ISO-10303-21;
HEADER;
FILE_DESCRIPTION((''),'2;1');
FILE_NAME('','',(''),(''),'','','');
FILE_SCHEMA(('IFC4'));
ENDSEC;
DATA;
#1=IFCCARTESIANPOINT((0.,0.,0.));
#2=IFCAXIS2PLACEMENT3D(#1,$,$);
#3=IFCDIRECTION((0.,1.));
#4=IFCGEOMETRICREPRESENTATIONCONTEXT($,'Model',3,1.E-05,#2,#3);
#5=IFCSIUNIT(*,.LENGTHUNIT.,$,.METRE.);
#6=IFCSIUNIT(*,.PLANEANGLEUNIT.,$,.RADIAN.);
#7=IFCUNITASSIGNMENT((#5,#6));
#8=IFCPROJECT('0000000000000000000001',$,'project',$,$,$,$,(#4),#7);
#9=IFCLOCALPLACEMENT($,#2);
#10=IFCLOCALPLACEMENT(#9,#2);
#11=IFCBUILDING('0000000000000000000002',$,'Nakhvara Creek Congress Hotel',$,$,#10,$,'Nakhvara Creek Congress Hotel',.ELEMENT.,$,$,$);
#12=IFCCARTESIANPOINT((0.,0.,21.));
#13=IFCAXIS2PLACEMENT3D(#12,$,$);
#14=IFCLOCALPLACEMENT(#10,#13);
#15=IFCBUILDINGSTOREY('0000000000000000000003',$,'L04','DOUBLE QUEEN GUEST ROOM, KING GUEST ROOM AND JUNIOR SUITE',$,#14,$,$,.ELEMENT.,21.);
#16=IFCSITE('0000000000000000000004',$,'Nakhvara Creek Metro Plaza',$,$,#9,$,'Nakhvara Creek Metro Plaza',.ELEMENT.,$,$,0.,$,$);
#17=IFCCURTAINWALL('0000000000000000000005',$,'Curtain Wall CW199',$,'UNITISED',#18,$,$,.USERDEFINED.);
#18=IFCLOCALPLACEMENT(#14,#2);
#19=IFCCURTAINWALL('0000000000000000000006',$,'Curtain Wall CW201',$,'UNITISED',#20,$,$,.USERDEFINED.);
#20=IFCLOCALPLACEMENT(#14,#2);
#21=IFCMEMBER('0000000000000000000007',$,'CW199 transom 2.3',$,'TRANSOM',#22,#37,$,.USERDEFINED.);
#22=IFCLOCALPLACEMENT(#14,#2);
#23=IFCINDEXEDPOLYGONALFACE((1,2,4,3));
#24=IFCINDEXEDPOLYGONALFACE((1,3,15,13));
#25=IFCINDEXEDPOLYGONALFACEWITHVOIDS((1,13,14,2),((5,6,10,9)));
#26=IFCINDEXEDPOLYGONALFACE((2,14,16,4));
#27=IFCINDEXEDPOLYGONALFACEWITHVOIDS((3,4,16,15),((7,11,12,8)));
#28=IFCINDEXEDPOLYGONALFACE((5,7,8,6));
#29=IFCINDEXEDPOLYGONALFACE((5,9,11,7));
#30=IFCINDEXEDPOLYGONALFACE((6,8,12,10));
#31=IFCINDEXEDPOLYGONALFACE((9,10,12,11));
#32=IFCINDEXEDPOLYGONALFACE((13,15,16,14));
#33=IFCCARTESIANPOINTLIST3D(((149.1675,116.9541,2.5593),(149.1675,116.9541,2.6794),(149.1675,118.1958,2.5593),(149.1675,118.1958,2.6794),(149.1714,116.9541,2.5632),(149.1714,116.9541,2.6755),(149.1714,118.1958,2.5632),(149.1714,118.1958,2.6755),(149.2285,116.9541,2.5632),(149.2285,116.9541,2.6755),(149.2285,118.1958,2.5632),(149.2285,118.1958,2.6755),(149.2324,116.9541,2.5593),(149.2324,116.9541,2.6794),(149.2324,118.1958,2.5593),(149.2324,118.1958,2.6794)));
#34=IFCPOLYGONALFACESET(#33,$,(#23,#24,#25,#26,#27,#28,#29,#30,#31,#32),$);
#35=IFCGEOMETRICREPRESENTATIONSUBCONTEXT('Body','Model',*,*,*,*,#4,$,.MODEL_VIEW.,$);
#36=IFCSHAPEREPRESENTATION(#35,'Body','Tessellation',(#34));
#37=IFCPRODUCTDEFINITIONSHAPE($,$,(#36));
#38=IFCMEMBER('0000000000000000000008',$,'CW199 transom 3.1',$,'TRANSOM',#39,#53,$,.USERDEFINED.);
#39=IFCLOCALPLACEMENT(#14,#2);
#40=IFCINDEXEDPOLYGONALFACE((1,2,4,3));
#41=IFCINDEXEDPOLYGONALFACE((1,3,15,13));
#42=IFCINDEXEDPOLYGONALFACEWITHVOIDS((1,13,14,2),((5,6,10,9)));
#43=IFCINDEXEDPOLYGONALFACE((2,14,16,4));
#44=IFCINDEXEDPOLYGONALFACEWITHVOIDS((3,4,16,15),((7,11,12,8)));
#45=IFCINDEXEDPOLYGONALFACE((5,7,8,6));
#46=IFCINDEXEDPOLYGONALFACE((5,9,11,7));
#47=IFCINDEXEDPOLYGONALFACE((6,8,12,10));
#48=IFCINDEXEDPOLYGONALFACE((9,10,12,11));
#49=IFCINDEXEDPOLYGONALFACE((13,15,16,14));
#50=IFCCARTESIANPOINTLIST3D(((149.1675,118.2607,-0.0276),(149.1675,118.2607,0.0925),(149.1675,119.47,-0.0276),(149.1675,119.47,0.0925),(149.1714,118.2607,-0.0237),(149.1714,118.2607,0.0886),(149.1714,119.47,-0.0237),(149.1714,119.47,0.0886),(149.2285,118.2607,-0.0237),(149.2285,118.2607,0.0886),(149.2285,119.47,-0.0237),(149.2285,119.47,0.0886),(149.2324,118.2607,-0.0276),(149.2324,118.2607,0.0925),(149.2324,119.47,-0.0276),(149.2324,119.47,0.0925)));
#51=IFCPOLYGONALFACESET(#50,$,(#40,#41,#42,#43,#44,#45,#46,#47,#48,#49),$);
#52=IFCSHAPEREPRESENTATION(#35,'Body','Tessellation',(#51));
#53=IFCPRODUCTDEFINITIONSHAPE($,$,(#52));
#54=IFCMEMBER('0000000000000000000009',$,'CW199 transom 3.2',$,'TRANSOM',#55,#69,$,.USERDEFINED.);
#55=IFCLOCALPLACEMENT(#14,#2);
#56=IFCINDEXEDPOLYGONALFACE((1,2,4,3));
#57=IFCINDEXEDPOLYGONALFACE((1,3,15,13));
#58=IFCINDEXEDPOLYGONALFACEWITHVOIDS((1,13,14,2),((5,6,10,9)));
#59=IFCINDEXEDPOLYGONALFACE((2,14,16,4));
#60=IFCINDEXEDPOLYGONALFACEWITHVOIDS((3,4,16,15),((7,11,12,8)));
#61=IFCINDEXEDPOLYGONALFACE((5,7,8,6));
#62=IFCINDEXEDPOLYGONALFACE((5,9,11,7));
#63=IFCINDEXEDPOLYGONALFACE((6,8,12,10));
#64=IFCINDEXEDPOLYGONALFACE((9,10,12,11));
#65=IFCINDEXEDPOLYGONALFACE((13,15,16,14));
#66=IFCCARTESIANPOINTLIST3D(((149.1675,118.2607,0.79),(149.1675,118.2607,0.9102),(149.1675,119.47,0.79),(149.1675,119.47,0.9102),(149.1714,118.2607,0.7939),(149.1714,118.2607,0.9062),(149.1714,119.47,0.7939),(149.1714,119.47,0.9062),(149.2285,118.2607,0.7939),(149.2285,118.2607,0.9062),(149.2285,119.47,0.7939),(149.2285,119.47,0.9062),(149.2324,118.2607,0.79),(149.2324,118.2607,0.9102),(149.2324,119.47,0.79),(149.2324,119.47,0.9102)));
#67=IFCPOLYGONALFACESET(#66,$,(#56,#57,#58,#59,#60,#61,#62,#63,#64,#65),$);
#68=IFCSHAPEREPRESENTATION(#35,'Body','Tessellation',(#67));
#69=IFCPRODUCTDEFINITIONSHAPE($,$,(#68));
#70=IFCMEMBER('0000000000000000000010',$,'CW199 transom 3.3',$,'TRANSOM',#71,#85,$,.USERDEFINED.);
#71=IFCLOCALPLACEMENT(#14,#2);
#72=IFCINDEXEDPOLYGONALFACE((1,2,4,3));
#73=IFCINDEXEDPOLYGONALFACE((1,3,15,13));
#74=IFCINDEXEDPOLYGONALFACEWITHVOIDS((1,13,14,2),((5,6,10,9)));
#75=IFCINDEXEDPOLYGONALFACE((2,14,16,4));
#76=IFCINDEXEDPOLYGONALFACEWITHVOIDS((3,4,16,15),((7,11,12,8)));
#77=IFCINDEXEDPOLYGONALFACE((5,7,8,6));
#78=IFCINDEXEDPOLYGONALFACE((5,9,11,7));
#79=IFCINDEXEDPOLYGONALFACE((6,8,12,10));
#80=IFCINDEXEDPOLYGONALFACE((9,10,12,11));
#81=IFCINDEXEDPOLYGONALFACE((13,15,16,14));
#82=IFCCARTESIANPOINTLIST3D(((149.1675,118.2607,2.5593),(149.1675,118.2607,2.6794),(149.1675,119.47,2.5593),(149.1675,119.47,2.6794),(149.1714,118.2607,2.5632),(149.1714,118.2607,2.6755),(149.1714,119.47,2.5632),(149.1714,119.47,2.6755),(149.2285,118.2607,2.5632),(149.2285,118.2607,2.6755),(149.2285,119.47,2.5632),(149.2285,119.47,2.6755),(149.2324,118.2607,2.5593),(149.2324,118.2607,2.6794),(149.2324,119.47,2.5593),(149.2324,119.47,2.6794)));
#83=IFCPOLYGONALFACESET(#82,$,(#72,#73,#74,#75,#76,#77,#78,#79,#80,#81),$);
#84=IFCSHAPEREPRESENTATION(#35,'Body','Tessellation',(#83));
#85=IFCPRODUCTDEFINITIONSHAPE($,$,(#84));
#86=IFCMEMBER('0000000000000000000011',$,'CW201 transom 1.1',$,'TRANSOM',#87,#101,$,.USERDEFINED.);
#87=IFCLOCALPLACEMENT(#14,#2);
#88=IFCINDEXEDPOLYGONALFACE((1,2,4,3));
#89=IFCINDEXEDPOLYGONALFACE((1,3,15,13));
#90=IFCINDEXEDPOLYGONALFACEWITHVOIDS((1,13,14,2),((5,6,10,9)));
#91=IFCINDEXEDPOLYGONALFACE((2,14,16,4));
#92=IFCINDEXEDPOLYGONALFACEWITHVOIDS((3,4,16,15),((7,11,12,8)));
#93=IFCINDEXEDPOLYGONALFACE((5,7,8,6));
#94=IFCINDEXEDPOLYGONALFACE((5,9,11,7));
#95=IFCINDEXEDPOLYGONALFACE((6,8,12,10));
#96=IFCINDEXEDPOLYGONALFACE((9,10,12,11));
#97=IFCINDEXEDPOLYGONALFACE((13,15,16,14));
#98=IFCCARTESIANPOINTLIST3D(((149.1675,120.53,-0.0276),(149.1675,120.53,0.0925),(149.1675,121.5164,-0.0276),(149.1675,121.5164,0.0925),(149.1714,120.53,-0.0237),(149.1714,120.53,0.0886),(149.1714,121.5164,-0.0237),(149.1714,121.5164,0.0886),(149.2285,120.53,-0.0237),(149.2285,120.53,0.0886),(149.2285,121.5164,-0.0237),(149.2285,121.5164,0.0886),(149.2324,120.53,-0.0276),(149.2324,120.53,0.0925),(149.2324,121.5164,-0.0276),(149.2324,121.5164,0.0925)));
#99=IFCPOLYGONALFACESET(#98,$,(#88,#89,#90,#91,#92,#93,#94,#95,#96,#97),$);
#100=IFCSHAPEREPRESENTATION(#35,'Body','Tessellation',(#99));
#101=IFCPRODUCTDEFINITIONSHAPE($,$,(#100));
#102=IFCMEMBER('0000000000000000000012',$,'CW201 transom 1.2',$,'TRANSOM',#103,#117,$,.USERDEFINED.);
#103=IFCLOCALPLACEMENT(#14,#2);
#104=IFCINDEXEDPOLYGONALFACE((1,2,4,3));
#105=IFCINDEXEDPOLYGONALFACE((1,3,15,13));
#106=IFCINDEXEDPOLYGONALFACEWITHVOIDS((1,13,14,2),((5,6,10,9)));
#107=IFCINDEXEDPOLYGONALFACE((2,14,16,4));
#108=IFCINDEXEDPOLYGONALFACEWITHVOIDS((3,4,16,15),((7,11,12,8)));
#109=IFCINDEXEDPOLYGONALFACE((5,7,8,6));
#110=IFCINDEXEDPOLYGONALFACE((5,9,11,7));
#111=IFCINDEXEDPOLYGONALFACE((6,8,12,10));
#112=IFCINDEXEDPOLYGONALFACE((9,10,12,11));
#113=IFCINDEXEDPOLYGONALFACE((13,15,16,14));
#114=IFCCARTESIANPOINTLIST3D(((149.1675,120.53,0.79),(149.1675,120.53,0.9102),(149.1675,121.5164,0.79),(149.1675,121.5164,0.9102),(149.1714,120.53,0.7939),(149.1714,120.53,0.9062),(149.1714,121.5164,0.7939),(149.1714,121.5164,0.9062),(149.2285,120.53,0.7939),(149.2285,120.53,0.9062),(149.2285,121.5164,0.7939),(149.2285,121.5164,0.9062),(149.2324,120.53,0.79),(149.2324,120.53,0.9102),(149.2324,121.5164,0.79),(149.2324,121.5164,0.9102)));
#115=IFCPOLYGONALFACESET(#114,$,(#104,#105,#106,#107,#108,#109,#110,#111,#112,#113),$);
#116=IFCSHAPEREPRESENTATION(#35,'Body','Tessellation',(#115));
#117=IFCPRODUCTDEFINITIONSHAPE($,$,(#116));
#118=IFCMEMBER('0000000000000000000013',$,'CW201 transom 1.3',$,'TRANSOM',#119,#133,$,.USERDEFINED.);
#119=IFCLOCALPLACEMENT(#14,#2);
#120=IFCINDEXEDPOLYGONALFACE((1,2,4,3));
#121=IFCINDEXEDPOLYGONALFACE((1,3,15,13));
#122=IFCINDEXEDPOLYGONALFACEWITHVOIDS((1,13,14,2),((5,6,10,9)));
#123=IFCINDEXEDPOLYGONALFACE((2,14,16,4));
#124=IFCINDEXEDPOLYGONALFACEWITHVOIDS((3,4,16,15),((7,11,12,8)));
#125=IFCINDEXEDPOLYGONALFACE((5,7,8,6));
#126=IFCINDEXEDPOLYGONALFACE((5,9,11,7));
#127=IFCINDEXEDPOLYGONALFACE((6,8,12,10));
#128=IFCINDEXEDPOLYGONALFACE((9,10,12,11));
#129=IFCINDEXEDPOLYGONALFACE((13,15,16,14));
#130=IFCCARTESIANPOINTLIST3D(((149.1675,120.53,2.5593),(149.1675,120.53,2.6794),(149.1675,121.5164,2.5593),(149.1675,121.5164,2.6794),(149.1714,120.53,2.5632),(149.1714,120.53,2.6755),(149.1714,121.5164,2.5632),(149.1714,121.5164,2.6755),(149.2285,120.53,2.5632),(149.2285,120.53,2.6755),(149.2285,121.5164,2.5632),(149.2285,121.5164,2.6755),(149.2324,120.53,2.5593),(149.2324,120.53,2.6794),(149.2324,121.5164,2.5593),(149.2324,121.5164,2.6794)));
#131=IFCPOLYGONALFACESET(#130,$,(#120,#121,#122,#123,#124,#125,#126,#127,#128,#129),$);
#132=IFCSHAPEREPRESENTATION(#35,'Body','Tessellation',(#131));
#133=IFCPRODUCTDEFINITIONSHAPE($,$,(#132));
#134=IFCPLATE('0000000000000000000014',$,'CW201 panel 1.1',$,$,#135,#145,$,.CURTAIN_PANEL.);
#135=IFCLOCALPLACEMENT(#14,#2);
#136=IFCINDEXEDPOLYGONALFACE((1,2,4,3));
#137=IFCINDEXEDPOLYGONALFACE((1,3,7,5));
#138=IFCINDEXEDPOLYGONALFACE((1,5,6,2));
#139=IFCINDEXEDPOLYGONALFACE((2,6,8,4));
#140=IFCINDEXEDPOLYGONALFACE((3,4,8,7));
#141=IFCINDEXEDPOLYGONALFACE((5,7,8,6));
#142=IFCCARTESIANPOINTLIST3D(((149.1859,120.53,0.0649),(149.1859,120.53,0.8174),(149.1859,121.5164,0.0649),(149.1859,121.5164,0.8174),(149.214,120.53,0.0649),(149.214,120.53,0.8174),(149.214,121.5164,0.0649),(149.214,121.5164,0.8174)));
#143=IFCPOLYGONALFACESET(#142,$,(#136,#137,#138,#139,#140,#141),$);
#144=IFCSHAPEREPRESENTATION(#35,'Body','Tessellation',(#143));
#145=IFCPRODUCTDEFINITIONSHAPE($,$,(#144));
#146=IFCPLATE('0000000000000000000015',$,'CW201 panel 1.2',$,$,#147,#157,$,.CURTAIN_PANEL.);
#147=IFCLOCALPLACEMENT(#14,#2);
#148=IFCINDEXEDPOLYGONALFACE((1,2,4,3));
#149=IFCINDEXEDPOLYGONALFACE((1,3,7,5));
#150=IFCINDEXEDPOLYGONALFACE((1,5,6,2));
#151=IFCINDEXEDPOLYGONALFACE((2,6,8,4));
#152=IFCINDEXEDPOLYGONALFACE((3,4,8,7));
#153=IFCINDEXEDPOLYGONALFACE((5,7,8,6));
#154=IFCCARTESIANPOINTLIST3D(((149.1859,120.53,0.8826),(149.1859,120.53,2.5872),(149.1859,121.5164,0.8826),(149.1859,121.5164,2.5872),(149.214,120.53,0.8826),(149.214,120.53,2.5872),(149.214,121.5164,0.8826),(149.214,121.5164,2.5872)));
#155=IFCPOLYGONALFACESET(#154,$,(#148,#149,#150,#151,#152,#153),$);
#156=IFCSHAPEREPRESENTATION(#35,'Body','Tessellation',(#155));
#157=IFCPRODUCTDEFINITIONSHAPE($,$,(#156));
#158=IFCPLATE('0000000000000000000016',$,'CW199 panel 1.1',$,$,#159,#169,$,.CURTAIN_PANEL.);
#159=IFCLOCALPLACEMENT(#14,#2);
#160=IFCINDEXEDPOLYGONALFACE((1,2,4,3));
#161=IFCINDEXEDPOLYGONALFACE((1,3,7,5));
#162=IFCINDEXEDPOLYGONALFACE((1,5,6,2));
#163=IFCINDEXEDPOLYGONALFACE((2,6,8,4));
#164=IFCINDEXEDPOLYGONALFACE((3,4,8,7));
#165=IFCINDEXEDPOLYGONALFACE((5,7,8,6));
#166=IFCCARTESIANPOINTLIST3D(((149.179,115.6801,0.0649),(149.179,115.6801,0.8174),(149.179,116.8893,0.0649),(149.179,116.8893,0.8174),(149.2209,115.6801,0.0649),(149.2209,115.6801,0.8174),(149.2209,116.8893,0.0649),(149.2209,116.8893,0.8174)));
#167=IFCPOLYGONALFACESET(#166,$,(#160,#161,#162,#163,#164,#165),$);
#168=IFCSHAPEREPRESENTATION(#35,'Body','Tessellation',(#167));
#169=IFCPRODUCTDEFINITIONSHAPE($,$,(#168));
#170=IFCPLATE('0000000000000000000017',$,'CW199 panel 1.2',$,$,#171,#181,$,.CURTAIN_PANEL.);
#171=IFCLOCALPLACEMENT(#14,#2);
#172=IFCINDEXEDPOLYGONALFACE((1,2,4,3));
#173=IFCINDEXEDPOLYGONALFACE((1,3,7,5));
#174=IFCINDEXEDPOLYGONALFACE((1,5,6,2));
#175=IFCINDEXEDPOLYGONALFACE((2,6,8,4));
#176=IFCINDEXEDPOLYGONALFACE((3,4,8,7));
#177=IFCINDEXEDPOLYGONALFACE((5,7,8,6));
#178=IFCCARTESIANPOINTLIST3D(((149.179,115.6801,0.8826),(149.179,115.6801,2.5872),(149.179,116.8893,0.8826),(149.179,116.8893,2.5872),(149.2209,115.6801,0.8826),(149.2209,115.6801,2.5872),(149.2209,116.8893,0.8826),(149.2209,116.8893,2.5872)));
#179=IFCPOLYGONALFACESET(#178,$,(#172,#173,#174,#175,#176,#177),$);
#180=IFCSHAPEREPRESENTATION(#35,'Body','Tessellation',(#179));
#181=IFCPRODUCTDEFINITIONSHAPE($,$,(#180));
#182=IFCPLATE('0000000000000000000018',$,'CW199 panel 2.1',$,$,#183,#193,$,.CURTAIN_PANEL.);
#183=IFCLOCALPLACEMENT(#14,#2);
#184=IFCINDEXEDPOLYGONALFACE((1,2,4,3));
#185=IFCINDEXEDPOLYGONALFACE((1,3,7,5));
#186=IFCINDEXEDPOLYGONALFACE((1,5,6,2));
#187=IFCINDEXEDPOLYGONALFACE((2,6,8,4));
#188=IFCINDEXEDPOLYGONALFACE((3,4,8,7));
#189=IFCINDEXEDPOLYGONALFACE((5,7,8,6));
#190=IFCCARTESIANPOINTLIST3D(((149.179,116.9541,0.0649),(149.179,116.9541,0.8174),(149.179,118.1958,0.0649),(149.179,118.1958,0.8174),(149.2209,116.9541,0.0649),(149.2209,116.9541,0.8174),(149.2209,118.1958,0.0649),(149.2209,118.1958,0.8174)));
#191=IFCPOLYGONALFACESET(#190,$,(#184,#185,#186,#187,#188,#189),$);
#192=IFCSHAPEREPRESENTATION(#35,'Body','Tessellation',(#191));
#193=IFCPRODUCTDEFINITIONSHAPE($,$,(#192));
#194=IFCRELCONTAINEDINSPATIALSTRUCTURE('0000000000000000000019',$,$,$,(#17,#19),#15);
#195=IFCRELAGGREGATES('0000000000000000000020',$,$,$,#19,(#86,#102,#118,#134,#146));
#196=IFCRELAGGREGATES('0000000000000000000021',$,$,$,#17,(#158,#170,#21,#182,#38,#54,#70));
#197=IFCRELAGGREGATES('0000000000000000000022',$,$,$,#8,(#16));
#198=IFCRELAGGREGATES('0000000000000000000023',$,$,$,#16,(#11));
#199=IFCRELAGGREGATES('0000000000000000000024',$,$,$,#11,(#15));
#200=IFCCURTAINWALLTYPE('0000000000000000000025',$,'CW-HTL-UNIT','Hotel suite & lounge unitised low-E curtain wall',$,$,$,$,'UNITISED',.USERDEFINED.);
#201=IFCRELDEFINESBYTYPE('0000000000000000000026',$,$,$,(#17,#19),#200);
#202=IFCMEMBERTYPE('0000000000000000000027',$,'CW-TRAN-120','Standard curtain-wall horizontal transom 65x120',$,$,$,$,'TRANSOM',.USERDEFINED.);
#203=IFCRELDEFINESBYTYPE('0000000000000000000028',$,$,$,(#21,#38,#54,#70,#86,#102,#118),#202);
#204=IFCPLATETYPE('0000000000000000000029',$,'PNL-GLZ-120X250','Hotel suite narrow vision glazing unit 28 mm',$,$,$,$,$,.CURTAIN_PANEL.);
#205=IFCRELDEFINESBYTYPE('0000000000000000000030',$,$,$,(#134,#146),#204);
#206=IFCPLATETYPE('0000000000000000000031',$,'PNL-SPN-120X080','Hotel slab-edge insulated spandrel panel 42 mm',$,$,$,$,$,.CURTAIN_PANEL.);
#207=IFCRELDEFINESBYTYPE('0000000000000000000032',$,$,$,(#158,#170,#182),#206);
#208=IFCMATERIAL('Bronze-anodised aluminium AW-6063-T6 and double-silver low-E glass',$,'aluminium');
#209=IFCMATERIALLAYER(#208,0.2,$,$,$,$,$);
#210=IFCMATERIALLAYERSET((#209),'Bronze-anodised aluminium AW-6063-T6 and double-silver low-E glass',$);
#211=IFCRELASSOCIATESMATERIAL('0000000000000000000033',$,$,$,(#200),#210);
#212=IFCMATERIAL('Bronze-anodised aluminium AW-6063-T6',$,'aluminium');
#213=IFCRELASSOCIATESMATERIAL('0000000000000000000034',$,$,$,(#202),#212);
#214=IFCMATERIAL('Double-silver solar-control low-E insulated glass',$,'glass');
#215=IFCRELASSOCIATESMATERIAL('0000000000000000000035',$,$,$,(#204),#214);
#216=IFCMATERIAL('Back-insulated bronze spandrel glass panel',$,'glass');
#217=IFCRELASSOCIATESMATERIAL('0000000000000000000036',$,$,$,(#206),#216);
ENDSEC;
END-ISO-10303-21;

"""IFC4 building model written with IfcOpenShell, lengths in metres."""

from ifc_helpers import new_model, si_unit, direction, frame, origin, origin_2d, place, context, subcontext, project, spatial, rectangle, hollow_rectangle, extrude, material, layer, layer_set, material_profile, profile_set, type_object, element, aggregate, save


model = new_model("IFC4")

# Units and contexts
model_context = context("Model", 3, precision=1e-05, world=origin(), true_north=direction((0.0, 1.0)))
body_context = subcontext(model_context, "Body", "Model", "MODEL_VIEW")
ifc_project = project(units=[si_unit("LENGTHUNIT", "METRE"), si_unit("PLANEANGLEUNIT", "RADIAN")], contexts=[model_context])

# Site, building, storey
site_placement = place(None, origin())
site = spatial("IfcSite", under=ifc_project, at=site_placement, Name="Nakhvara Creek Metro Plaza", LongName="Nakhvara Creek Metro Plaza", CompositionType="ELEMENT", RefElevation=0.0)
building_placement = place(site_placement, origin())
building = spatial("IfcBuilding", under=site, at=building_placement, Name="Nakhvara Creek Congress Hotel", LongName="Nakhvara Creek Congress Hotel", CompositionType="ELEMENT")
storey_placement = place(building_placement, frame((0.0, 0.0, 21.0)))
storey = spatial("IfcBuildingStorey", under=building, at=storey_placement, Name="L04", Description="DOUBLE QUEEN GUEST ROOM, KING GUEST ROOM AND JUNIOR SUITE", CompositionType="ELEMENT", Elevation=21.0)

# Curtain walls
ifc_material_1 = material(Name="Bronze-anodised aluminium AW-6063-T6 and double-silver low-E glass", Category="aluminium")
ifc_layer = layer(ifc_material_1, 0.2)
ifc_layer_set = layer_set([ifc_layer], Name="Bronze-anodised aluminium AW-6063-T6 and double-silver low-E glass")
curtain_wall_type = type_object("IfcCurtainWallType", Name="CW-HTL-UNIT", Description="Hotel suite & lounge unitised low-E curtain wall", ElementType="UNITISED", PredefinedType="USERDEFINED", material=ifc_layer_set)
curtain_wall_1_placement = place(storey_placement, origin())
curtain_wall_1 = element("IfcCurtainWall", 1, at=curtain_wall_1_placement, inside=storey, type_object=curtain_wall_type, Name="Curtain Wall CW199", ObjectType="UNITISED", PredefinedType="USERDEFINED")
ifc_material_2 = material(Name="Bronze-anodised aluminium AW-6063-T6", Category="aluminium")
curtain_wall_2_placement = place(storey_placement, origin())
curtain_wall_2 = element("IfcCurtainWall", 2, at=curtain_wall_2_placement, inside=storey, type_object=curtain_wall_type, Name="Curtain Wall CW201", ObjectType="UNITISED", PredefinedType="USERDEFINED")

# Members
ifc_material_profile_1 = material_profile(ifc_material_2, hollow_rectangle(XDim=0.0649, YDim=0.1201, WallThickness=0.0039, at=origin_2d()), Name="ALU-TRAN 65x120x4", Category="LoadBearing")
ifc_profile_set_1 = profile_set([ifc_material_profile_1], Name="Bronze-anodised aluminium AW-6063-T6")
member_type_1 = type_object("IfcMemberType", Name="CW-TRAN-120", Description="Standard curtain-wall horizontal transom 65x120", ElementType="TRANSOM", PredefinedType="USERDEFINED", material=ifc_profile_set_1)
member_1_placement = place(storey_placement, frame((149.2, 116.9541, 2.6194), z_axis=(0.0, 1.0, 0.0), x_axis=(-1.0, 0.0, 0.0)))
member_1 = element("IfcMember", 3, at=member_1_placement, type_object=member_type_1, Name="CW199 transom 2.3", ObjectType="TRANSOM", PredefinedType="USERDEFINED", context=body_context, shape_type="SweptSolid", body=[
    extrude(hollow_rectangle(XDim=0.0649, YDim=0.1201, WallThickness=0.0039, at=origin_2d()), origin(), (0.0, 0.0, 1.0), 1.2417),
])
member_2_placement = place(storey_placement, frame((149.2, 118.2607, 0.0325), z_axis=(0.0, 1.0, 0.0), x_axis=(-1.0, 0.0, 0.0)))
member_2 = element("IfcMember", 4, at=member_2_placement, type_object=member_type_1, Name="CW199 transom 3.1", ObjectType="TRANSOM", PredefinedType="USERDEFINED", context=body_context, shape_type="SweptSolid", body=[
    extrude(hollow_rectangle(XDim=0.0649, YDim=0.1201, WallThickness=0.0039, at=origin_2d()), origin(), (0.0, 0.0, 1.0), 1.2092),
])
member_3_placement = place(storey_placement, frame((149.2, 118.2607, 0.8501), z_axis=(0.0, 1.0, 0.0), x_axis=(-1.0, 0.0, 0.0)))
member_3 = element("IfcMember", 5, at=member_3_placement, type_object=member_type_1, Name="CW199 transom 3.2", ObjectType="TRANSOM", PredefinedType="USERDEFINED", context=body_context, shape_type="SweptSolid", body=[
    extrude(hollow_rectangle(XDim=0.0649, YDim=0.1201, WallThickness=0.0039, at=origin_2d()), origin(), (0.0, 0.0, 1.0), 1.2092),
])
member_4_placement = place(storey_placement, frame((149.2, 118.2607, 2.6194), z_axis=(0.0, 1.0, 0.0), x_axis=(-1.0, 0.0, 0.0)))
member_4 = element("IfcMember", 6, at=member_4_placement, type_object=member_type_1, Name="CW199 transom 3.3", ObjectType="TRANSOM", PredefinedType="USERDEFINED", context=body_context, shape_type="SweptSolid", body=[
    extrude(hollow_rectangle(XDim=0.0649, YDim=0.1201, WallThickness=0.0039, at=origin_2d()), origin(), (0.0, 0.0, 1.0), 1.2092),
])
member_5_placement = place(storey_placement, frame((149.2, 120.53, 0.0325), z_axis=(0.0, 1.0, 0.0), x_axis=(-1.0, 0.0, 0.0)))
member_5 = element("IfcMember", 7, at=member_5_placement, type_object=member_type_1, Name="CW201 transom 1.1", ObjectType="TRANSOM", PredefinedType="USERDEFINED", context=body_context, shape_type="SweptSolid", body=[
    extrude(hollow_rectangle(XDim=0.0649, YDim=0.1201, WallThickness=0.0039, at=origin_2d()), origin(), (0.0, 0.0, 1.0), 0.9863),
])
member_6_placement = place(storey_placement, frame((149.2, 120.53, 0.8501), z_axis=(0.0, 1.0, 0.0), x_axis=(-1.0, 0.0, 0.0)))
member_6 = element("IfcMember", 8, at=member_6_placement, type_object=member_type_1, Name="CW201 transom 1.2", ObjectType="TRANSOM", PredefinedType="USERDEFINED", context=body_context, shape_type="SweptSolid", body=[
    extrude(hollow_rectangle(XDim=0.0649, YDim=0.1201, WallThickness=0.0039, at=origin_2d()), origin(), (0.0, 0.0, 1.0), 0.9863),
])
member_7_placement = place(storey_placement, frame((149.2, 120.53, 2.6194), z_axis=(0.0, 1.0, 0.0), x_axis=(-1.0, 0.0, 0.0)))
member_7 = element("IfcMember", 9, at=member_7_placement, type_object=member_type_1, Name="CW201 transom 1.3", ObjectType="TRANSOM", PredefinedType="USERDEFINED", context=body_context, shape_type="SweptSolid", body=[
    extrude(hollow_rectangle(XDim=0.0649, YDim=0.1201, WallThickness=0.0039, at=origin_2d()), origin(), (0.0, 0.0, 1.0), 0.9863),
])

# Plates
ifc_material_3 = material(Name="Double-silver solar-control low-E insulated glass", Category="glass")
plate_type_1 = type_object("IfcPlateType", Name="PNL-GLZ-120X250", Description="Hotel suite narrow vision glazing unit 28 mm", PredefinedType="CURTAIN_PANEL", material=ifc_material_3)
plate_1_placement = place(storey_placement, frame((149.2, 121.0232, 0.0649), z_axis=(0.0, 0.0, 1.0), x_axis=(0.0, 1.0, 0.0)))
plate_1 = element("IfcPlate", 10, at=plate_1_placement, type_object=plate_type_1, Name="CW201 panel 1.1", PredefinedType="CURTAIN_PANEL", context=body_context, shape_type="SweptSolid", body=[
    extrude(rectangle(XDim=0.9863, YDim=0.0281, at=origin_2d()), origin(), (0.0, 0.0, 1.0), 0.7524),
])
plate_2_placement = place(storey_placement, frame((149.2, 121.0232, 0.8826), z_axis=(0.0, 0.0, 1.0), x_axis=(0.0, 1.0, 0.0)))
plate_2 = element("IfcPlate", 11, at=plate_2_placement, type_object=plate_type_1, Name="CW201 panel 1.2", PredefinedType="CURTAIN_PANEL", context=body_context, shape_type="SweptSolid", body=[
    extrude(rectangle(XDim=0.9863, YDim=0.0281, at=origin_2d()), origin(), (0.0, 0.0, 1.0), 1.7046),
])
aggregate(curtain_wall_2, [member_5, member_6, member_7, plate_1, plate_2])
ifc_material_4 = material(Name="Back-insulated bronze spandrel glass panel", Category="glass")
plate_type_2 = type_object("IfcPlateType", Name="PNL-SPN-120X080", Description="Hotel slab-edge insulated spandrel panel 42 mm", PredefinedType="CURTAIN_PANEL", material=ifc_material_4)
plate_3_placement = place(storey_placement, frame((149.2, 116.2847, 0.0649), z_axis=(0.0, 0.0, 1.0), x_axis=(0.0, 1.0, 0.0)))
plate_3 = element("IfcPlate", 12, at=plate_3_placement, type_object=plate_type_2, Name="CW199 panel 1.1", PredefinedType="CURTAIN_PANEL", context=body_context, shape_type="SweptSolid", body=[
    extrude(rectangle(XDim=1.2092, YDim=0.042, at=origin_2d()), origin(), (0.0, 0.0, 1.0), 0.7524),
])
plate_4_placement = place(storey_placement, frame((149.2, 116.2847, 0.8826), z_axis=(0.0, 0.0, 1.0), x_axis=(0.0, 1.0, 0.0)))
plate_4 = element("IfcPlate", 13, at=plate_4_placement, type_object=plate_type_2, Name="CW199 panel 1.2", PredefinedType="CURTAIN_PANEL", context=body_context, shape_type="SweptSolid", body=[
    extrude(rectangle(XDim=1.2092, YDim=0.042, at=origin_2d()), origin(), (0.0, 0.0, 1.0), 1.7046),
])
plate_5_placement = place(storey_placement, frame((149.2, 117.575, 0.0649), z_axis=(0.0, 0.0, 1.0), x_axis=(0.0, 1.0, 0.0)))
plate_5 = element("IfcPlate", 14, at=plate_5_placement, type_object=plate_type_2, Name="CW199 panel 2.1", PredefinedType="CURTAIN_PANEL", context=body_context, shape_type="SweptSolid", body=[
    extrude(rectangle(XDim=1.2417, YDim=0.042, at=origin_2d()), origin(), (0.0, 0.0, 1.0), 0.7524),
])
aggregate(curtain_wall_1, [plate_3, plate_4, member_1, plate_5, member_2, member_3, member_4])

save(model, "model.ifc")
